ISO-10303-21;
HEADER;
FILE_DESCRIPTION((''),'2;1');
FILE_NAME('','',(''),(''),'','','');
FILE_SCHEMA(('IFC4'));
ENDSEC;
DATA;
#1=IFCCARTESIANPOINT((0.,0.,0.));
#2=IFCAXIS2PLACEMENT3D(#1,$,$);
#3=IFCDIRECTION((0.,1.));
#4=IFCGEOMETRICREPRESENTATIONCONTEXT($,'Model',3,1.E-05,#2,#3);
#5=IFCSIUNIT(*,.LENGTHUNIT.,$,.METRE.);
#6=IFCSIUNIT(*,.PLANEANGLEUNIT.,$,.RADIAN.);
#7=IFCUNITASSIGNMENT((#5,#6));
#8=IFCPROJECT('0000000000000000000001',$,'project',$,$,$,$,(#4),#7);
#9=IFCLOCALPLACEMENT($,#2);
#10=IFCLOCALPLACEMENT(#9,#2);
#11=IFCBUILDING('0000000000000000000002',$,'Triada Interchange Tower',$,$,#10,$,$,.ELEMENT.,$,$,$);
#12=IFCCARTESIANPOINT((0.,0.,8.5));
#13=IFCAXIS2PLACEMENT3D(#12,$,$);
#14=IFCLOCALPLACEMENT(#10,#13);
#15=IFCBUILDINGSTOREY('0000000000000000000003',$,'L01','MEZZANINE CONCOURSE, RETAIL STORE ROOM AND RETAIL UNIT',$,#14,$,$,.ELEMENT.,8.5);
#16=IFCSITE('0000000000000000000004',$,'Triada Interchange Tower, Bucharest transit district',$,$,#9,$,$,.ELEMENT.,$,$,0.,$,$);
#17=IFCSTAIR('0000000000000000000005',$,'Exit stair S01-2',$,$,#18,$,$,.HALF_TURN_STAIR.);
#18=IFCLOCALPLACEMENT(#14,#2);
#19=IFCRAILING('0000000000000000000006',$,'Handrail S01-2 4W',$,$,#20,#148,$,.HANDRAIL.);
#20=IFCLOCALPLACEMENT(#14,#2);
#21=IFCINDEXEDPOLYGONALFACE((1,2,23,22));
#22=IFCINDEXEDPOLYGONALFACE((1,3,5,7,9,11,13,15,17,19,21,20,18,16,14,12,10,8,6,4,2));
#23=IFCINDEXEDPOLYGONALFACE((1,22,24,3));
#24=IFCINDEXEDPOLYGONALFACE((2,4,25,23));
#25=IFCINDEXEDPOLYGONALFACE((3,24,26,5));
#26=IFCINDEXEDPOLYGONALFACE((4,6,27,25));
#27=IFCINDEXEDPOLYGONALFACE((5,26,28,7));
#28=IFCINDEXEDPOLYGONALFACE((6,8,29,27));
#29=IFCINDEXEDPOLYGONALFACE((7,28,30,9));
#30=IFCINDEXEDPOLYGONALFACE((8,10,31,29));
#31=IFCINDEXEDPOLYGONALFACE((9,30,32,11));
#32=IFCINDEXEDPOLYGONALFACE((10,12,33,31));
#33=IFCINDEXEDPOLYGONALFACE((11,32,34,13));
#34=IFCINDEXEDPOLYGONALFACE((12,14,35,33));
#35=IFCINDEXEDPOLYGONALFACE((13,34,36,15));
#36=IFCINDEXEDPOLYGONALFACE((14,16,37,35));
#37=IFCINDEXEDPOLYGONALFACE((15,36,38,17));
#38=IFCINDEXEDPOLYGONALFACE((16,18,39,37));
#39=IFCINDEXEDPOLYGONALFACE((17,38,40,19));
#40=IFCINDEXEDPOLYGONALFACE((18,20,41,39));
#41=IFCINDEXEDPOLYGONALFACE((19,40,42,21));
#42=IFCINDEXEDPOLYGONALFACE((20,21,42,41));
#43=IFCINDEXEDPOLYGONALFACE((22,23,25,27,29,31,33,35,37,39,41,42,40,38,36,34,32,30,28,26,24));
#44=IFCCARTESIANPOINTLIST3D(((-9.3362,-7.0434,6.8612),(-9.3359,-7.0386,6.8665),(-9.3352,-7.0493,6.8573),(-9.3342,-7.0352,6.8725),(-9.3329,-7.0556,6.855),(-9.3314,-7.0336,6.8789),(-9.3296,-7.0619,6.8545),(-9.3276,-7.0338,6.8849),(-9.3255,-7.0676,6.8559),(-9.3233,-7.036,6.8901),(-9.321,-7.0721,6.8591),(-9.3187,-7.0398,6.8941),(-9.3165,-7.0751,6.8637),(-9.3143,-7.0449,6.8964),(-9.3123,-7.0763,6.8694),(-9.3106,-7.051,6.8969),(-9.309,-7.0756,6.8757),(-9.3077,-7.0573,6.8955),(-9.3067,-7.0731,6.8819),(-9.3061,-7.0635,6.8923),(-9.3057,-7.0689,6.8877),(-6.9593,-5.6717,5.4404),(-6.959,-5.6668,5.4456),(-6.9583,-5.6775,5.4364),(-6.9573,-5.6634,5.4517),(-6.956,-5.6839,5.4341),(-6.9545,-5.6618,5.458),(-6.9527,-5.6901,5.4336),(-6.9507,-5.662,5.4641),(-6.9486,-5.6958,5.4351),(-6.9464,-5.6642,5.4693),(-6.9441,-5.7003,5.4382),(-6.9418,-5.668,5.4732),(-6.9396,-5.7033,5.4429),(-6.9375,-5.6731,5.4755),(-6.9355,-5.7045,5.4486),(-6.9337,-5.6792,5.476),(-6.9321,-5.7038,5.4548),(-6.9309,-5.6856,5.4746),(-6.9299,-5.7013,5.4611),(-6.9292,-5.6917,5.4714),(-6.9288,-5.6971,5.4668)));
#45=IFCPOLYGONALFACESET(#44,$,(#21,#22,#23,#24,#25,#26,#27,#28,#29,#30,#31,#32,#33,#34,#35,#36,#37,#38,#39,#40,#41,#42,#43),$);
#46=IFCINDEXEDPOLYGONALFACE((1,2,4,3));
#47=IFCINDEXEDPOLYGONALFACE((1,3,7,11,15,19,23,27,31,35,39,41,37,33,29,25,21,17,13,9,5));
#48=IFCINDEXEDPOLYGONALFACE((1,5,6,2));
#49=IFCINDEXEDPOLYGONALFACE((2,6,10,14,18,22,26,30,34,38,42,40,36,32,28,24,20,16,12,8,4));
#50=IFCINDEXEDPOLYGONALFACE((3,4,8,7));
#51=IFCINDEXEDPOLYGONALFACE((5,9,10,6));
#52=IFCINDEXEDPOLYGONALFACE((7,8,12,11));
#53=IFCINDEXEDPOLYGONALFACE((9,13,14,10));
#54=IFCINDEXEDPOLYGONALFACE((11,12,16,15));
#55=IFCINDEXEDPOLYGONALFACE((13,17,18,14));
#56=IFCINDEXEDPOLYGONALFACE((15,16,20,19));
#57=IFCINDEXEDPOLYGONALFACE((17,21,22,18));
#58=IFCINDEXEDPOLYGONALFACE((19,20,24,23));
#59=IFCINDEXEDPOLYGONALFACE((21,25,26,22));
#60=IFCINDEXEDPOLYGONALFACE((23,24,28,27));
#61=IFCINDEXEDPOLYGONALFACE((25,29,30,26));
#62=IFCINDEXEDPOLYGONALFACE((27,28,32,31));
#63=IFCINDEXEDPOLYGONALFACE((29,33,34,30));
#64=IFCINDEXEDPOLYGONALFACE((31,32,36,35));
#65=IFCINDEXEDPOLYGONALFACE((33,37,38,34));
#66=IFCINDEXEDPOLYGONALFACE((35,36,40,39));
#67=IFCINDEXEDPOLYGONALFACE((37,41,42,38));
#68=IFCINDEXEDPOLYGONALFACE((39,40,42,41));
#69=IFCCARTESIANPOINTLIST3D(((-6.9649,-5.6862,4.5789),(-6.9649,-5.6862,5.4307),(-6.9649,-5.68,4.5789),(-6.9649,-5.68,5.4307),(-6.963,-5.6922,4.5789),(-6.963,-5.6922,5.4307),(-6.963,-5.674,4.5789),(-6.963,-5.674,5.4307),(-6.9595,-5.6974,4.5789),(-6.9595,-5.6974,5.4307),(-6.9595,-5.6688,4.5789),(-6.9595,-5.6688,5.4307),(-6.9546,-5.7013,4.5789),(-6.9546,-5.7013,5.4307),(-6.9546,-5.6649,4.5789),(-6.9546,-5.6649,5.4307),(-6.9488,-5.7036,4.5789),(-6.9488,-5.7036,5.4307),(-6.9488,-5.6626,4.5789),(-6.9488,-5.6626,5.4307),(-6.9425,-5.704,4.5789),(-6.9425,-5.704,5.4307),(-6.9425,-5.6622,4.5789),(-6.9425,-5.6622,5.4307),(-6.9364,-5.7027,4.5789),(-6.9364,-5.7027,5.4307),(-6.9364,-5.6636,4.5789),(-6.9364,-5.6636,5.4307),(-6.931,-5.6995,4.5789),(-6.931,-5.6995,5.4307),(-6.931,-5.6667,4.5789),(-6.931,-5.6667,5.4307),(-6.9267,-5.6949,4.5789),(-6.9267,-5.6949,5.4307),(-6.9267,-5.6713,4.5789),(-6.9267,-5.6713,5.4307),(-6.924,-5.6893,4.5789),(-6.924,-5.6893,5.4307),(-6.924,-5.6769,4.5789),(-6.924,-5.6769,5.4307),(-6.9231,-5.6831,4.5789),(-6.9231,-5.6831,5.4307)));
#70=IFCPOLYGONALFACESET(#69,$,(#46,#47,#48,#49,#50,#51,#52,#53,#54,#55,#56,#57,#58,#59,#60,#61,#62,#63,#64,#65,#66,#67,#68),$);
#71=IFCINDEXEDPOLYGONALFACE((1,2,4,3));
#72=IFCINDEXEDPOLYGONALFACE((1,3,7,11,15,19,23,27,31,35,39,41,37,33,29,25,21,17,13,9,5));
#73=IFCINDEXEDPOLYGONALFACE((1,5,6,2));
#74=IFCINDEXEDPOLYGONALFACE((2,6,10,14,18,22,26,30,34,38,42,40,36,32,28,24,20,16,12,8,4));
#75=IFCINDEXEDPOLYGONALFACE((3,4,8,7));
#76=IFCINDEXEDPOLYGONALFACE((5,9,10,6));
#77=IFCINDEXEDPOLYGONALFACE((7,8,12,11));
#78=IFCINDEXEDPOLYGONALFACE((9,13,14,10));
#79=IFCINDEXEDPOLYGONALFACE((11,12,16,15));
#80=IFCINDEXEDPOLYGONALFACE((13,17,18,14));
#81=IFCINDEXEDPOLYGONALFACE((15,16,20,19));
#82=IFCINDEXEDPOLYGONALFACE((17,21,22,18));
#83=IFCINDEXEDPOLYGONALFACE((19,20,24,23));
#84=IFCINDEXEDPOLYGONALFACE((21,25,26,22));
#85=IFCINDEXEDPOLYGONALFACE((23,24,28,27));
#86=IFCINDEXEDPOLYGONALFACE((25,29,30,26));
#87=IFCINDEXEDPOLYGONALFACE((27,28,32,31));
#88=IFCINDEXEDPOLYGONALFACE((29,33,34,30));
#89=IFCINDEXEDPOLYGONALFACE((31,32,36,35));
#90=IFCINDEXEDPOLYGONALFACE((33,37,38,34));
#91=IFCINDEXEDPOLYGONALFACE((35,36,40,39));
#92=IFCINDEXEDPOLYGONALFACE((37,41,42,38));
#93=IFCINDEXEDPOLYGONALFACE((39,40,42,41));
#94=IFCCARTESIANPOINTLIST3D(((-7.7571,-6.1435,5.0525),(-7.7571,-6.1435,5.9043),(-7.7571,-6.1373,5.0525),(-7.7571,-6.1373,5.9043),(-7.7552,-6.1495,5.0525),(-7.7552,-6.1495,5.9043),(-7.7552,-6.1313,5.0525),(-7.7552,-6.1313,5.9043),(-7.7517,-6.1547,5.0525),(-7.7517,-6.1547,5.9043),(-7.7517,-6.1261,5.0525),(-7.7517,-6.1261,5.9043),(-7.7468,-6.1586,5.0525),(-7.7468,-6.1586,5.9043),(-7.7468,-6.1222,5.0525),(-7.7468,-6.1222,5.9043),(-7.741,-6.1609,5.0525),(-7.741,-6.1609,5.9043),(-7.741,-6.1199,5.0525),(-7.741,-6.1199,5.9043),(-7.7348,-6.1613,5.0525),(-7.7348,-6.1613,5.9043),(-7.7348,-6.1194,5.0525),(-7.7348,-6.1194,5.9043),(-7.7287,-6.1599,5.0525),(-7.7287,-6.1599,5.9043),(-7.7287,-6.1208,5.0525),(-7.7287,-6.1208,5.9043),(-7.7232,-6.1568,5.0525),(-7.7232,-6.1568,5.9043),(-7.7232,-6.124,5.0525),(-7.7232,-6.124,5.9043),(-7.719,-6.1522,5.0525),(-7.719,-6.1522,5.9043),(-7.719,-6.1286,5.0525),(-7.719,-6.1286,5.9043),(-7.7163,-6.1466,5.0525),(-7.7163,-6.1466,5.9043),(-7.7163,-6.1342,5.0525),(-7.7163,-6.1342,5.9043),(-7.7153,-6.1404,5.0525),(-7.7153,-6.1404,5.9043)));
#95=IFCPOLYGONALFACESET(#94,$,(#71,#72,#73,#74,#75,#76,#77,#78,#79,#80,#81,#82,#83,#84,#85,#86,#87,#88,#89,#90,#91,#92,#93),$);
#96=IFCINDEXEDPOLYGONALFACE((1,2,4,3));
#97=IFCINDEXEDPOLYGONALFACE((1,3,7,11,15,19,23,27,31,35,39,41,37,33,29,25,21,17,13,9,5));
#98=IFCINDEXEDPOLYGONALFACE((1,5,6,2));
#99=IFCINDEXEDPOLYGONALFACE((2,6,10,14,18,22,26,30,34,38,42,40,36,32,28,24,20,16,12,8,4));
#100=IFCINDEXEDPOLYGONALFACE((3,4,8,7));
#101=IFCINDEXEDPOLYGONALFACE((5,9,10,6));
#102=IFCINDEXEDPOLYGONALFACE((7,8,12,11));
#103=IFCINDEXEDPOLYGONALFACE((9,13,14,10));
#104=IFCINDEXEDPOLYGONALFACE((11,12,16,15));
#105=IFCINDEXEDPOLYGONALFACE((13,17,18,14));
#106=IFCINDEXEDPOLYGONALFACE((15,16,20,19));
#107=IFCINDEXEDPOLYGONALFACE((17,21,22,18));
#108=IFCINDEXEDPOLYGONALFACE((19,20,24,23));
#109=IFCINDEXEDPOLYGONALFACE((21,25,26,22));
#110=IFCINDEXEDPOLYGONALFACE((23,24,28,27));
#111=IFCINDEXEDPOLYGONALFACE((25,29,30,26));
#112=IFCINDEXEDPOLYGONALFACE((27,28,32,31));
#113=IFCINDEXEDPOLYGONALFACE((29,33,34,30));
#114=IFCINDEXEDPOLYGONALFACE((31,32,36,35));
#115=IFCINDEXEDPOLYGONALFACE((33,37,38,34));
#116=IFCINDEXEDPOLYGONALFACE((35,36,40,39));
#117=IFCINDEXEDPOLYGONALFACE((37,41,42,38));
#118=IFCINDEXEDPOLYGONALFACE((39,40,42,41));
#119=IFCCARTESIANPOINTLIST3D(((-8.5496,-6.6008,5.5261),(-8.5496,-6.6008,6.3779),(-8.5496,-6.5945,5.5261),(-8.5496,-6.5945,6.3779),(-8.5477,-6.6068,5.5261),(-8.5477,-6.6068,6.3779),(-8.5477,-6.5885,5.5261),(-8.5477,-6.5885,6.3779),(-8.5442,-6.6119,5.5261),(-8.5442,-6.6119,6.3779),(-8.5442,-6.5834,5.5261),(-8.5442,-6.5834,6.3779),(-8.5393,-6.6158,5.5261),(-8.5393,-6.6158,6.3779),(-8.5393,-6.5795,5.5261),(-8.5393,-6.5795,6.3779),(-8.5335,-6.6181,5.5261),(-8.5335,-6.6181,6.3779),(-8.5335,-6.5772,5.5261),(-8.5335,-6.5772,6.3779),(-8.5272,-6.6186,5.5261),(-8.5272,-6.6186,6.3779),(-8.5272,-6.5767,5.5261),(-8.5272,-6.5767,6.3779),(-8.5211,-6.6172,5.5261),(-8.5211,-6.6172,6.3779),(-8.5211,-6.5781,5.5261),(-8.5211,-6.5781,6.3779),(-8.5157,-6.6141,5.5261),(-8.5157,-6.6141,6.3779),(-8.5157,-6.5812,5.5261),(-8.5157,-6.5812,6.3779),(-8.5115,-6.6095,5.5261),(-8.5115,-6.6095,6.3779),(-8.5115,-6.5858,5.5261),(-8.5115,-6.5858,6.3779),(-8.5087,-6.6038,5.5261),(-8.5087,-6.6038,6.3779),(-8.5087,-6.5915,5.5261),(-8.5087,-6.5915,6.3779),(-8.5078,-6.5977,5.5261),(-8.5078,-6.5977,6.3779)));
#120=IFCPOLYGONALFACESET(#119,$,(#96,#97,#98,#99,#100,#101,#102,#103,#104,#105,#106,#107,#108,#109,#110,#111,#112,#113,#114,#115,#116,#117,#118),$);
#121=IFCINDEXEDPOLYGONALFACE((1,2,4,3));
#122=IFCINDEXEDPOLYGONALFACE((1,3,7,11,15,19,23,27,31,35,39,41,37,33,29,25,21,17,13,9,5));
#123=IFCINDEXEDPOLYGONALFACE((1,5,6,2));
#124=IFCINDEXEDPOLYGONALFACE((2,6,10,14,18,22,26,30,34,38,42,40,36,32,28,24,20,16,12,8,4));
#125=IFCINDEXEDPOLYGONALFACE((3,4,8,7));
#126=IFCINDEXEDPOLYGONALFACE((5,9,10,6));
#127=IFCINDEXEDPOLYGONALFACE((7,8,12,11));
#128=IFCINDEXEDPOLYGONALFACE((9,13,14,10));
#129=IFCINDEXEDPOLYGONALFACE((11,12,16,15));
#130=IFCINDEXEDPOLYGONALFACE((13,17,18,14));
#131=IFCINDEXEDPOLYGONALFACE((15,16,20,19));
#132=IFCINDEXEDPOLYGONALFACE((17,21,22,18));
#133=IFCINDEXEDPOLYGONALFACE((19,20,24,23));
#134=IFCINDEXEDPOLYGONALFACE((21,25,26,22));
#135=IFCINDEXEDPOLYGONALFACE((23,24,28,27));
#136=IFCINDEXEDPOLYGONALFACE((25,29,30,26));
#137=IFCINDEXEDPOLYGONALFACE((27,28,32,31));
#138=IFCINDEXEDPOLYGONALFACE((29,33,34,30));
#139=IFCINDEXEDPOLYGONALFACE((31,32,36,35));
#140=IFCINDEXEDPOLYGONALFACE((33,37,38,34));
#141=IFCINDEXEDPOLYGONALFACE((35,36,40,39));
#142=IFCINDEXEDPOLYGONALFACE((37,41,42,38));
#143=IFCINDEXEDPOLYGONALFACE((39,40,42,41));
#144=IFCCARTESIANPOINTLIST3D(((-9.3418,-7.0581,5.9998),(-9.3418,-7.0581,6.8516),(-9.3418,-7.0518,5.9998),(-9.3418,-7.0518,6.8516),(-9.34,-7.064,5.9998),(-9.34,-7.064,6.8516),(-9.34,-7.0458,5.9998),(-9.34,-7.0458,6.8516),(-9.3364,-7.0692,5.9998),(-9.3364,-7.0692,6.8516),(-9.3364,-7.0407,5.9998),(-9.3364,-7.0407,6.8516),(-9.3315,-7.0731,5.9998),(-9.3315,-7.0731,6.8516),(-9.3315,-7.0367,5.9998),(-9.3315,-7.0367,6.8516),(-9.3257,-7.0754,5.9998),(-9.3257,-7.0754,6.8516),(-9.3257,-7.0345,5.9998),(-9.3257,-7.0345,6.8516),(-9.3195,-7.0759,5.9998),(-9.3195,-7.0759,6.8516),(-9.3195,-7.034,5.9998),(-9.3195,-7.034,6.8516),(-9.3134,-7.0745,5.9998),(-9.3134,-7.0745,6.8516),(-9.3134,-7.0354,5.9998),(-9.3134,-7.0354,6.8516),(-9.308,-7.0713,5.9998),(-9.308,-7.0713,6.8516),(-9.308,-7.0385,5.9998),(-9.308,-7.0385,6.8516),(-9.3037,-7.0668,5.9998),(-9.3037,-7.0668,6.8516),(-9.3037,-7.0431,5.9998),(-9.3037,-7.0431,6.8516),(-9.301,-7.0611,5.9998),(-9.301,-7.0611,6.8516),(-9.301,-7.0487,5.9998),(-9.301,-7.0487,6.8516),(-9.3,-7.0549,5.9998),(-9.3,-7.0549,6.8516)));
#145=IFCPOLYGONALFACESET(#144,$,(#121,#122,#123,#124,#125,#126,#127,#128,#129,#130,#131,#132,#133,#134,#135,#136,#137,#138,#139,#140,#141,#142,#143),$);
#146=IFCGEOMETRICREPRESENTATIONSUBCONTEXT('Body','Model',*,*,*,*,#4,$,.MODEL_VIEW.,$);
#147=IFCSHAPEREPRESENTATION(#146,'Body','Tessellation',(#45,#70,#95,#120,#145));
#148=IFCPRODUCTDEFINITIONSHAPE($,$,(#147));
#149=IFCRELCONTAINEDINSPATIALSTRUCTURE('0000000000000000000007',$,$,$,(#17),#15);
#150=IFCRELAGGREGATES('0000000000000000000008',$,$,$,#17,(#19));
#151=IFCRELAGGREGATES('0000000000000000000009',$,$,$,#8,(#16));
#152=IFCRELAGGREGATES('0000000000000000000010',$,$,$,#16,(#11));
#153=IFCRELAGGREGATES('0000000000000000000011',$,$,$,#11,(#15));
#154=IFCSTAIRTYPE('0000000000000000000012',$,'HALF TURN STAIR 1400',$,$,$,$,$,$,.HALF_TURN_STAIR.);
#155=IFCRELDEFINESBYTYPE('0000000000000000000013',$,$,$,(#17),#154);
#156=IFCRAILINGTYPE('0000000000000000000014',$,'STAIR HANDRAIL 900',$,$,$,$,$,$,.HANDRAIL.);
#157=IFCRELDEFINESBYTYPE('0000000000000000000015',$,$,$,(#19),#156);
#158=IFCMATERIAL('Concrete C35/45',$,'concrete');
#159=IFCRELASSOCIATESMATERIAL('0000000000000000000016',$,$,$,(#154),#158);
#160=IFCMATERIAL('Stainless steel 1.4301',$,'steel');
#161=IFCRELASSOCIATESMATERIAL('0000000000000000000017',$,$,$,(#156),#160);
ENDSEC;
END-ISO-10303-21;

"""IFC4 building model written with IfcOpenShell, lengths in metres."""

from ifc_helpers import new_model, si_unit, direction, frame, origin, origin_2d, place, context, subcontext, project, spatial, circle, extrude, material, type_object, element, aggregate, save


model = new_model("IFC4")

# Units and contexts
model_context = context("Model", 3, precision=1e-05, world=origin(), true_north=direction((0.0, 1.0)))
body_context = subcontext(model_context, "Body", "Model", "MODEL_VIEW")
ifc_project = project(units=[si_unit("LENGTHUNIT", "METRE"), si_unit("PLANEANGLEUNIT", "RADIAN")], contexts=[model_context])

# Site, building, storey
site_placement = place(None, origin())
site = spatial("IfcSite", under=ifc_project, at=site_placement, Name="Triada Interchange Tower, Bucharest transit district", CompositionType="ELEMENT", RefElevation=0.0)
building_placement = place(site_placement, origin())
building = spatial("IfcBuilding", under=site, at=building_placement, Name="Triada Interchange Tower", CompositionType="ELEMENT")
storey_placement = place(building_placement, frame((0.0, 0.0, 8.5)))
storey = spatial("IfcBuildingStorey", under=building, at=storey_placement, Name="L01", Description="MEZZANINE CONCOURSE, RETAIL STORE ROOM AND RETAIL UNIT", CompositionType="ELEMENT", Elevation=8.5)

# Shared definitions
ifc_material_1 = material(Name="Concrete C35/45", Category="concrete")
stair_type = type_object("IfcStairType", Name="HALF TURN STAIR 1400", PredefinedType="HALF_TURN_STAIR", material=ifc_material_1)

# Stair
stair_1_placement = place(storey_placement, origin())
stair_1 = element("IfcStair", 1, at=stair_1_placement, inside=storey, type_object=stair_type, Name="Exit stair S01-2", PredefinedType="HALF_TURN_STAIR")

# Railing
ifc_material_2 = material(Name="Stainless steel 1.4301", Category="steel")
railing_type = type_object("IfcRailingType", Name="STAIR HANDRAIL 900", PredefinedType="HANDRAIL", material=ifc_material_2)
railing_1_placement = place(storey_placement, frame((-6.9441, -5.6831, 4.5789)))
railing_1 = element("IfcRailing", 2, at=railing_1_placement, type_object=railing_type, Name="Handrail S01-2 4W", PredefinedType="HANDRAIL", context=body_context, shape_type="SweptSolid", body=[
    extrude(circle(Radius=0.0239, at=origin_2d()), frame((0.0, 0.0, 0.876), z_axis=(-0.769133, -0.443895, 0.459774), x_axis=(0.499861, -0.866106, 0.0)), (0.0, 0.0, 1.0), 3.0903),
    extrude(circle(Radius=0.021, at=origin_2d()), origin(), (0.0, 0.0, 1.0), 0.8518),
    extrude(circle(Radius=0.021, at=origin_2d()), frame((-0.7922, -0.4573, 0.4736)), (0.0, 0.0, 1.0), 0.8518),
    extrude(circle(Radius=0.021, at=origin_2d()), frame((-1.5847, -0.9146, 0.9473)), (0.0, 0.0, 1.0), 0.8518),
    extrude(circle(Radius=0.021, at=origin_2d()), frame((-2.377, -1.3718, 1.4209)), (0.0, 0.0, 1.0), 0.8518),
])
aggregate(stair_1, [railing_1])

save(model, "model.ifc")
